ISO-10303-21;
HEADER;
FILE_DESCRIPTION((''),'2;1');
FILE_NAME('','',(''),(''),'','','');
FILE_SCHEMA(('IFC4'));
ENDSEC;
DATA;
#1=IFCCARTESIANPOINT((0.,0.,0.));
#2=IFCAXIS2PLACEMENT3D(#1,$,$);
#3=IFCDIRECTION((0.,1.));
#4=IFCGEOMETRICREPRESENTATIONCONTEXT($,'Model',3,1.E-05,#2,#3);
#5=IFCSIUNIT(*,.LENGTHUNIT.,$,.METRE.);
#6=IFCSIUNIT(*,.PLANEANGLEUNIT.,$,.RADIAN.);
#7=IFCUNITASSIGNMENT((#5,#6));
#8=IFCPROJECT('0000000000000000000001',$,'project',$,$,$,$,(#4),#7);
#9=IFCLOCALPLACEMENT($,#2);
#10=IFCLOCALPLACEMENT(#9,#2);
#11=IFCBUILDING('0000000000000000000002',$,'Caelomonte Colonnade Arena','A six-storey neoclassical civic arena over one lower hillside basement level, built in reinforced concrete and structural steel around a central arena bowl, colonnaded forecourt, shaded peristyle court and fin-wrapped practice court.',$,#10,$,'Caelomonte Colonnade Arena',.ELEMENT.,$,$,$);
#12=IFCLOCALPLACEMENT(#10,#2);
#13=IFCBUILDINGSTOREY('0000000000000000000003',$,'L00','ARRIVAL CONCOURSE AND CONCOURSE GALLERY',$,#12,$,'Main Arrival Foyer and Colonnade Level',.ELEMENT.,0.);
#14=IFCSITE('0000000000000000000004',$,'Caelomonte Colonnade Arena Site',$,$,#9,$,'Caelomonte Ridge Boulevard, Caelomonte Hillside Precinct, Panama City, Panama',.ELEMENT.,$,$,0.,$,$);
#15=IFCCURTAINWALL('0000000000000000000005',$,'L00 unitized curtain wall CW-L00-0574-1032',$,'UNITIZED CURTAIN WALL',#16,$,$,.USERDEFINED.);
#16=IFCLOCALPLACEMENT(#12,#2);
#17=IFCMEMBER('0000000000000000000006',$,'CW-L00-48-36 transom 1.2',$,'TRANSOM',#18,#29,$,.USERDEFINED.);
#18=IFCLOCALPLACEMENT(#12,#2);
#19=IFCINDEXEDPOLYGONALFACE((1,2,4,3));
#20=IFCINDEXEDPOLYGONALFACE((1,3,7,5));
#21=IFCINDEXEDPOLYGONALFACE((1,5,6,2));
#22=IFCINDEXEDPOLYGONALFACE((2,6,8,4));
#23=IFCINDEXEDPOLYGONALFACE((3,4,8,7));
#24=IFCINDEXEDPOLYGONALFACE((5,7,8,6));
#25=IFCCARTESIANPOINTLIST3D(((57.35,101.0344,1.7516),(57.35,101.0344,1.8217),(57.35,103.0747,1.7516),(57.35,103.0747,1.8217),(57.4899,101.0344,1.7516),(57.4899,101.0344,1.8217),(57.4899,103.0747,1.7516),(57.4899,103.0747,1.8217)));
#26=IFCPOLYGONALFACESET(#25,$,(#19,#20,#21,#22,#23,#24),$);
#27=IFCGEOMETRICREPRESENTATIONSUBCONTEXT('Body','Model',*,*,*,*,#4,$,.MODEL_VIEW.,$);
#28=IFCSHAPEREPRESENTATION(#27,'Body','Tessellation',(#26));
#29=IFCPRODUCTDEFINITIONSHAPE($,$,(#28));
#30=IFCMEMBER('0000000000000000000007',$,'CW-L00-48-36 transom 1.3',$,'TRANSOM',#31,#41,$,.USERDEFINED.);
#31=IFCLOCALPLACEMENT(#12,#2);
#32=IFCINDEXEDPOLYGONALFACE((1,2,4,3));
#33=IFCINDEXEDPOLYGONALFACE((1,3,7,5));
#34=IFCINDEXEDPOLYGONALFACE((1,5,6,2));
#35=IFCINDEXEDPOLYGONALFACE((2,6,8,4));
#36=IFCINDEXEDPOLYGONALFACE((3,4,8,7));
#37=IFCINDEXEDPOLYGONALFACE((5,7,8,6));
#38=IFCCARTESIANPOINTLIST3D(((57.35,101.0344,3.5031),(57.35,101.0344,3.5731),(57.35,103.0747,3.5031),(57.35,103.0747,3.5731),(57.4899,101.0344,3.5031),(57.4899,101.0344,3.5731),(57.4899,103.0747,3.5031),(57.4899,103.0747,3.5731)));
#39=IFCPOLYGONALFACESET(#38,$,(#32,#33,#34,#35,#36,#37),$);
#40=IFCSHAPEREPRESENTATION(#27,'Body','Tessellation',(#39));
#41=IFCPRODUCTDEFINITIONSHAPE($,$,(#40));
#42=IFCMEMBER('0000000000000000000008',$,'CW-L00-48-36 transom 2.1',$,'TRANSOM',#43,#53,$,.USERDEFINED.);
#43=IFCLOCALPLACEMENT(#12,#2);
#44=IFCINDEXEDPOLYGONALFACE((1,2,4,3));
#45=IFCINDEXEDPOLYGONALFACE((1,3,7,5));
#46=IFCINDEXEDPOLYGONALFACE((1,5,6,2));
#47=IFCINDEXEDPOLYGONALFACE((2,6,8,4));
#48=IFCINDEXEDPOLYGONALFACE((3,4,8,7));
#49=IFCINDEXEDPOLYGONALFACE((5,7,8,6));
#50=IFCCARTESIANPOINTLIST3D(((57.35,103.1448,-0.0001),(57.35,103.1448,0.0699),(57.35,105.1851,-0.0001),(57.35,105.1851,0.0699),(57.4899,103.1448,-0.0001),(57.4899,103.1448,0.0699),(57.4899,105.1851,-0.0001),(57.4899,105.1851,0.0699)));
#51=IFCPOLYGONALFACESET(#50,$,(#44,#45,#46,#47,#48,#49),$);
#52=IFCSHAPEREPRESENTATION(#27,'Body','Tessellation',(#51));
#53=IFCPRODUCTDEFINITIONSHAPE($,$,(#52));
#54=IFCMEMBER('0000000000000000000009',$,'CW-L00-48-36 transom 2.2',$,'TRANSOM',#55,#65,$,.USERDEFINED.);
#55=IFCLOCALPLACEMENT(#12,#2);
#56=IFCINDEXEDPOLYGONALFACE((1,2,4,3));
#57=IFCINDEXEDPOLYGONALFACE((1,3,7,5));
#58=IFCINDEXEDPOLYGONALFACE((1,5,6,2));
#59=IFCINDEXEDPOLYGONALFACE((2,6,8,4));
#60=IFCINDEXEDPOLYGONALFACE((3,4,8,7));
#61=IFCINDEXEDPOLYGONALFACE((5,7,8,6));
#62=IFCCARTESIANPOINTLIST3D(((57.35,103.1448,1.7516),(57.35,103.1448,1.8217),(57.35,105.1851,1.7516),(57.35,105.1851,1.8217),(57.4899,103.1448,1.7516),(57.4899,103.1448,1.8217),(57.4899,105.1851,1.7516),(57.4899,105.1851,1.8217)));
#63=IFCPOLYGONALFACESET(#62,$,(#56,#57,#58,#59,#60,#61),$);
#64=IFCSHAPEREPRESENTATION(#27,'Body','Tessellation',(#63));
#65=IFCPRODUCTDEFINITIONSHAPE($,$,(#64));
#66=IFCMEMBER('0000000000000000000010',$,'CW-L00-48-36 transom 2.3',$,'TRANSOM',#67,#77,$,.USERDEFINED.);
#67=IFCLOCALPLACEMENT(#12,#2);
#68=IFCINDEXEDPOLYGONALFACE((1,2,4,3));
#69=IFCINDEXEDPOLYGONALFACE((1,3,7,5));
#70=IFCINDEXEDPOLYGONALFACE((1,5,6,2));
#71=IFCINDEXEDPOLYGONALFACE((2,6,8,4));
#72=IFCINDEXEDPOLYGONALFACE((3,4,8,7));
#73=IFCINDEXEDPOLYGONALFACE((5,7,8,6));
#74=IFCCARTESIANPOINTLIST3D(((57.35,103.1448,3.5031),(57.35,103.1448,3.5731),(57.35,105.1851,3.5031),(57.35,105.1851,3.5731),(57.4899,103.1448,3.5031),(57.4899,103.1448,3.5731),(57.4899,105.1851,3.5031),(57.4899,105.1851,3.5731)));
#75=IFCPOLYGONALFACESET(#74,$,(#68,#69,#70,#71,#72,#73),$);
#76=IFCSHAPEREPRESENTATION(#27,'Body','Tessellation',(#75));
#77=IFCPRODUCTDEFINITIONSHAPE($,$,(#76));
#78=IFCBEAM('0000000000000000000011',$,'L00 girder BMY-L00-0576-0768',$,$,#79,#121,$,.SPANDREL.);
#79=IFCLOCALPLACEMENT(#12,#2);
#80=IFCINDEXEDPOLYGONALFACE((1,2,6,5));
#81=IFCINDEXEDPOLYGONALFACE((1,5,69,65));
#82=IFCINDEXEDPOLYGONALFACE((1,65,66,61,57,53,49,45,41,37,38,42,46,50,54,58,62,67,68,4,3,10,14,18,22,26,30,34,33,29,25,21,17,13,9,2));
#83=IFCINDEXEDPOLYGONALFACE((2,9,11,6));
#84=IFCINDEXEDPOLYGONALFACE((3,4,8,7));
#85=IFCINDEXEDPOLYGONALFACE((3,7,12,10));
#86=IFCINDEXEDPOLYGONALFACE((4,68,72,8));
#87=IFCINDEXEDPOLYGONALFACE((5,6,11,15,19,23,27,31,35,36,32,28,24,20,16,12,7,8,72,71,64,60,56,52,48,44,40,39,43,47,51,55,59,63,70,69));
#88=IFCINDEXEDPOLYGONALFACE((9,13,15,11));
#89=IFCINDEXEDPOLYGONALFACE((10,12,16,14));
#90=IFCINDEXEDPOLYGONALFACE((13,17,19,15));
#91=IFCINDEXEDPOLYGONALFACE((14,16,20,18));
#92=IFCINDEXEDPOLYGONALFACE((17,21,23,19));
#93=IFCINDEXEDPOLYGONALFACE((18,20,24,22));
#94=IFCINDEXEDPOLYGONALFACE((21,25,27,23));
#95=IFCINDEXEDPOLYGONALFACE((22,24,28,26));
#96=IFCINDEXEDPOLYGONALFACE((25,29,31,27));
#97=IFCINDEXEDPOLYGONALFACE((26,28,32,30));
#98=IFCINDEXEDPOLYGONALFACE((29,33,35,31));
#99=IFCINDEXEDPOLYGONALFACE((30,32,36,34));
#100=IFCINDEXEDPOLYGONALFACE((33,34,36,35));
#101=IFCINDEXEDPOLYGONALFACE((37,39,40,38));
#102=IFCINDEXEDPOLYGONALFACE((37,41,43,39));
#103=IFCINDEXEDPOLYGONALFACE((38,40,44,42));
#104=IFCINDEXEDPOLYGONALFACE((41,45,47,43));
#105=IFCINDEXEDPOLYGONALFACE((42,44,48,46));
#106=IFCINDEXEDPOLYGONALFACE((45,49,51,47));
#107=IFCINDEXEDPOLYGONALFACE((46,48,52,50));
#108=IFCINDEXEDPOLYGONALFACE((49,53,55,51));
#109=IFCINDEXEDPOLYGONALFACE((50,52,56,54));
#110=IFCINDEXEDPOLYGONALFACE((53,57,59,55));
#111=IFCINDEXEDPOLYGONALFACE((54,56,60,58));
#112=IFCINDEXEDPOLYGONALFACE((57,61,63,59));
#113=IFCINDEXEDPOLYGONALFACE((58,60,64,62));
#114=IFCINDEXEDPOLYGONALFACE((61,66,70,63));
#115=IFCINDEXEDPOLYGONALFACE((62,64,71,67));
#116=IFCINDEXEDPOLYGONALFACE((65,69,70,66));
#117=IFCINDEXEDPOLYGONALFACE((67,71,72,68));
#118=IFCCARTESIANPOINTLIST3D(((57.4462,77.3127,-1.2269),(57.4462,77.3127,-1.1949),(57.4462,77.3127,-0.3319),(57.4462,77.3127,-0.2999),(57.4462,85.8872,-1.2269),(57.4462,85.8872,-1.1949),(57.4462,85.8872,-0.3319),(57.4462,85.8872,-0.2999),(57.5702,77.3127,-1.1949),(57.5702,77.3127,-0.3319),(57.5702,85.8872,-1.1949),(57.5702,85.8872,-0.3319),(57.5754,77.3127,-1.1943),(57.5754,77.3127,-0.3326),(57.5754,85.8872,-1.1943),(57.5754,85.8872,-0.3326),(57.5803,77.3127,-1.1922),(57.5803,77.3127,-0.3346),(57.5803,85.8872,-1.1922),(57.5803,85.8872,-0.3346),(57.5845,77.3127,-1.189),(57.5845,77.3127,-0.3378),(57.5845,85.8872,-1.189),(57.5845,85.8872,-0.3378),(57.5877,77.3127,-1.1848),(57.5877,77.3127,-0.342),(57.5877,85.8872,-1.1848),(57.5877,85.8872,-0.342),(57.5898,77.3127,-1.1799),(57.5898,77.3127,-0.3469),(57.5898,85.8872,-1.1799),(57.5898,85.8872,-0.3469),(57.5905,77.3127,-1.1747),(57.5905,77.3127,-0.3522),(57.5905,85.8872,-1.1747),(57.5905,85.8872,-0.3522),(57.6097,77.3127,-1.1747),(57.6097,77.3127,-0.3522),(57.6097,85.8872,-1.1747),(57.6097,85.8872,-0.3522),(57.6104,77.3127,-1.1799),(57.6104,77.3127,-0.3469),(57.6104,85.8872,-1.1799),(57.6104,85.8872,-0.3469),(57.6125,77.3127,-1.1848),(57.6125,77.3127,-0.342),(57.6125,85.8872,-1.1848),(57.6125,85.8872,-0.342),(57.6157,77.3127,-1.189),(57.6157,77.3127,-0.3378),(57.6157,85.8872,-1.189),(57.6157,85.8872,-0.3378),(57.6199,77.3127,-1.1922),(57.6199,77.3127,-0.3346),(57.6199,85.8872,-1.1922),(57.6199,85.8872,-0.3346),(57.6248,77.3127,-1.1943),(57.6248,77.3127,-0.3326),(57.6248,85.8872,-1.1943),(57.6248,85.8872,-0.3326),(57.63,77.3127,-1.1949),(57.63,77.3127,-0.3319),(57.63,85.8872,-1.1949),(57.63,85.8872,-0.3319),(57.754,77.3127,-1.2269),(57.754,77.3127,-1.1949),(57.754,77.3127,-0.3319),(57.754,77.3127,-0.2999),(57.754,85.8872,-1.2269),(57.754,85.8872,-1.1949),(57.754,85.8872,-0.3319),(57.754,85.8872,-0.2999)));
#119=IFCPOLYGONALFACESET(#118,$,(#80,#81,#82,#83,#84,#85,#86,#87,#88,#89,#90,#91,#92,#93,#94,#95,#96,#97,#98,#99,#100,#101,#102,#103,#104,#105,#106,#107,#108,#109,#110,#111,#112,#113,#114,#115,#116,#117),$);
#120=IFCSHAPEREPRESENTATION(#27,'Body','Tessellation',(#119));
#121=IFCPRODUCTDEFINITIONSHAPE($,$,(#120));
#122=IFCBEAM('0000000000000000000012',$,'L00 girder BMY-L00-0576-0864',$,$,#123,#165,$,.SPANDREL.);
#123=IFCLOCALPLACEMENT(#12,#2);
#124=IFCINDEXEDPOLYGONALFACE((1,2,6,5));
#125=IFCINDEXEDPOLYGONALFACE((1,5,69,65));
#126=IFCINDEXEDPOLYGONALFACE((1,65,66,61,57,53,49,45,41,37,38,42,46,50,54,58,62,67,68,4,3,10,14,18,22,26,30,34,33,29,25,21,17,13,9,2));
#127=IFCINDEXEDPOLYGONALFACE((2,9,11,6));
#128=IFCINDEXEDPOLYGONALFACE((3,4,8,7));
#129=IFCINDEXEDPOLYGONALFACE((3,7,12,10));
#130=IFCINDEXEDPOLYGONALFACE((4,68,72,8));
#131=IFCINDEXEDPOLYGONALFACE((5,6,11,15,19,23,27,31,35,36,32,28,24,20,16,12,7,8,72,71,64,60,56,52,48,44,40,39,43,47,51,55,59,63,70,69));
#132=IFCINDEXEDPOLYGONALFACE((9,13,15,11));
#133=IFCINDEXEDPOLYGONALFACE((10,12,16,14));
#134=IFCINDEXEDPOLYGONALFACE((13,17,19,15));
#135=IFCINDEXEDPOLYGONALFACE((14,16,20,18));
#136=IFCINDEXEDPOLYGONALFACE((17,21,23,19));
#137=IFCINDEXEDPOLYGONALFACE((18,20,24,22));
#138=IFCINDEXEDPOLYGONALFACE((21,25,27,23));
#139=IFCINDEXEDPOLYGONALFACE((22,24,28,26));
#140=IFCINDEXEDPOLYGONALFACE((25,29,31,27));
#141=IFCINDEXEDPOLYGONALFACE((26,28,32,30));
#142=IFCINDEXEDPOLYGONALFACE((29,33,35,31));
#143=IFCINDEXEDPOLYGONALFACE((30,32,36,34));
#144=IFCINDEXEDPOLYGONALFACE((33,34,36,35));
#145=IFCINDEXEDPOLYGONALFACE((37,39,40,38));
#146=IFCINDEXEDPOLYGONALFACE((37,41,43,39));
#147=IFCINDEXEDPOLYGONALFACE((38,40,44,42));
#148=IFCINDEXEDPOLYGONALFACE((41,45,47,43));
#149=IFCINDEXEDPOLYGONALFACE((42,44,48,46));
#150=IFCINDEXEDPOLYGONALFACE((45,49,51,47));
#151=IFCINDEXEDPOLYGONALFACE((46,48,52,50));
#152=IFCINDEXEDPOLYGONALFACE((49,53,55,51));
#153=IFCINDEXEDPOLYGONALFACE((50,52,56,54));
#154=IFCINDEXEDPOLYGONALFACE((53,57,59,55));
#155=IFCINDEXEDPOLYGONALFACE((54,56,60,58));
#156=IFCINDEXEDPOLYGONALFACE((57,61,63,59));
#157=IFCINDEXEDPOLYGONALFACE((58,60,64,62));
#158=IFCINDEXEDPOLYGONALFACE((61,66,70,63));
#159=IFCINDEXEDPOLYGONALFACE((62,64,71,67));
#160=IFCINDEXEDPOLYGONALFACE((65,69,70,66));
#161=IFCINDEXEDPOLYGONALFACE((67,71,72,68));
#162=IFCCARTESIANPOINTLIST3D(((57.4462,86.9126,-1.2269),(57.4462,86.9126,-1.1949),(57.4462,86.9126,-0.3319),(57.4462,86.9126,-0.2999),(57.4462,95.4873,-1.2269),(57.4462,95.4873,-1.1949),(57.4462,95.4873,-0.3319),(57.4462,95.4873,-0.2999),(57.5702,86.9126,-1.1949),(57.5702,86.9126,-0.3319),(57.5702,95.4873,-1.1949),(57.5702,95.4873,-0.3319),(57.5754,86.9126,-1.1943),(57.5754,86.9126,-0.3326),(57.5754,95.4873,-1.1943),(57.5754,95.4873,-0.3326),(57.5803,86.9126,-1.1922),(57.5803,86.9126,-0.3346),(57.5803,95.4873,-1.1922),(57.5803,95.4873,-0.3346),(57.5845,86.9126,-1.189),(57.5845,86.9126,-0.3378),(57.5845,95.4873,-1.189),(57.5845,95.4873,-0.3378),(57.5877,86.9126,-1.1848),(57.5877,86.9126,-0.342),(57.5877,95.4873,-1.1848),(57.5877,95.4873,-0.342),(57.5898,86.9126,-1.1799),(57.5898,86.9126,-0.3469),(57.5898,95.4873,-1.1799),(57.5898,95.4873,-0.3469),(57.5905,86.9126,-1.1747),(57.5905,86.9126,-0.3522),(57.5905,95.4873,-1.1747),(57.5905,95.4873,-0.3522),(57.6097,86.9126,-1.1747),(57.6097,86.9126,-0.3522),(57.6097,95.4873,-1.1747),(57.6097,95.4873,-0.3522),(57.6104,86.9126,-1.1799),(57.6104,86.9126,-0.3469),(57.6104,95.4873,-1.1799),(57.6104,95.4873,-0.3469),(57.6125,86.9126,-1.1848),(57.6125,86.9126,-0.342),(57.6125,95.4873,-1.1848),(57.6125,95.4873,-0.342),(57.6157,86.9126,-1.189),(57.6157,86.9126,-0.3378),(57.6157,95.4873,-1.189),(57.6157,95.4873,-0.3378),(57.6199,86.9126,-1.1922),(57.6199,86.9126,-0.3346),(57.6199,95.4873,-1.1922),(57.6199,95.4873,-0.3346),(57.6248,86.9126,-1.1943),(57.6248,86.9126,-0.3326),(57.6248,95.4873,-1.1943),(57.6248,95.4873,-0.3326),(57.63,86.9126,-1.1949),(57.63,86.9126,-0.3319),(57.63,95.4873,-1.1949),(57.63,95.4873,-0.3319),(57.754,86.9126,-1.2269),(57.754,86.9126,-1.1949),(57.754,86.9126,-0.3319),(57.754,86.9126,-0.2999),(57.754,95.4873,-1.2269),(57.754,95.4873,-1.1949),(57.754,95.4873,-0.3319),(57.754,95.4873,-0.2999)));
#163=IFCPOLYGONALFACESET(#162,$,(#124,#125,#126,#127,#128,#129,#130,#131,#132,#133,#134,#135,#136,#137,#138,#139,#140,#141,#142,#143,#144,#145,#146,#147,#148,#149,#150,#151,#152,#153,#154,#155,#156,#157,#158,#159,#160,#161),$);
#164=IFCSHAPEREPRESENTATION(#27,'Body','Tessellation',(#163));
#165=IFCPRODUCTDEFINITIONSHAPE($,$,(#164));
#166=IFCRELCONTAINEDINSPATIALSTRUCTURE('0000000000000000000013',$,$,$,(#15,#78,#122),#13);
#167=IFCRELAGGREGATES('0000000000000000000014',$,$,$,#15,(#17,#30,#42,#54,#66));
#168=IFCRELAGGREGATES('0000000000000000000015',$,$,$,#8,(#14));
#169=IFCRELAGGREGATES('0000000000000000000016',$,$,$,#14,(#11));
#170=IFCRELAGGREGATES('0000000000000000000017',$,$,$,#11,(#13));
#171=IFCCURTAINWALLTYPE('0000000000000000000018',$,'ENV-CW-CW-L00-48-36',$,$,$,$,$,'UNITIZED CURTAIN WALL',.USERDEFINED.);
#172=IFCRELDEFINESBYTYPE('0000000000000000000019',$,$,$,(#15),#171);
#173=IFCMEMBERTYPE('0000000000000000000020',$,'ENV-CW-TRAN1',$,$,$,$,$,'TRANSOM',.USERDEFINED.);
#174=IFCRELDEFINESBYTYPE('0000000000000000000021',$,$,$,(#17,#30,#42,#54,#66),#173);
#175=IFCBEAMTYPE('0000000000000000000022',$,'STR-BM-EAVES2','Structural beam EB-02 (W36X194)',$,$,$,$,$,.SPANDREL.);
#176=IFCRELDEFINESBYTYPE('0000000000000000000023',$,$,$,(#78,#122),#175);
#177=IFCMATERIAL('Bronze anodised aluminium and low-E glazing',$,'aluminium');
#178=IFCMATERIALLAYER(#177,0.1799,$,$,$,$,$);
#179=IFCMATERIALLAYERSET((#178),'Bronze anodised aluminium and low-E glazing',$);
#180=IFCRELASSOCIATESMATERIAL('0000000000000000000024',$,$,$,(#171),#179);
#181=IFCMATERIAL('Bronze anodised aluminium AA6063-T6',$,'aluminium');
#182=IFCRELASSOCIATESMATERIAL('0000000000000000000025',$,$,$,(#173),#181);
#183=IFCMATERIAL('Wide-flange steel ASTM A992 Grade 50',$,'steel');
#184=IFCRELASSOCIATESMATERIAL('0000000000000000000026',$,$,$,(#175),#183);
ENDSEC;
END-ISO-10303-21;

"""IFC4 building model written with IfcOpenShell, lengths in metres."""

from ifc_helpers import new_model, si_unit, direction, frame, origin, origin_2d, place, context, subcontext, project, spatial, rectangle, i_section, extrude, material, layer, layer_set, material_profile, profile_set, type_object, element, aggregate, save


model = new_model("IFC4")

# Units and contexts
model_context = context("Model", 3, precision=1e-05, world=origin(), true_north=direction((0.0, 1.0)))
body_context = subcontext(model_context, "Body", "Model", "MODEL_VIEW")
ifc_project = project(units=[si_unit("LENGTHUNIT", "METRE"), si_unit("PLANEANGLEUNIT", "RADIAN")], contexts=[model_context])

# Site, building, storey
site_placement = place(None, origin())
site = spatial("IfcSite", under=ifc_project, at=site_placement, Name="Caelomonte Colonnade Arena Site", LongName="Caelomonte Ridge Boulevard, Caelomonte Hillside Precinct, Panama City, Panama", CompositionType="ELEMENT", RefElevation=0.0)
building_placement = place(site_placement, origin())
building = spatial("IfcBuilding", under=site, at=building_placement, Name="Caelomonte Colonnade Arena", Description="A six-storey neoclassical civic arena over one lower hillside basement level, built in reinforced concrete and structural steel around a central arena bowl, colonnaded forecourt, shaded peristyle court and fin-wrapped practice court.", LongName="Caelomonte Colonnade Arena", CompositionType="ELEMENT")
storey_placement = place(building_placement, origin())
storey = spatial("IfcBuildingStorey", under=building, at=storey_placement, Name="L00", Description="ARRIVAL CONCOURSE AND CONCOURSE GALLERY", LongName="Main Arrival Foyer and Colonnade Level", CompositionType="ELEMENT", Elevation=0.0)

# Shared definitions
ifc_material_1 = material(Name="Wide-flange steel ASTM A992 Grade 50", Category="steel")

# Shared definitions
ifc_material_2 = material(Name="Bronze anodised aluminium and low-E glazing", Category="aluminium")
ifc_material_3 = material(Name="Bronze anodised aluminium AA6063-T6", Category="aluminium")

# Curtain wall, members
ifc_layer_1 = layer(ifc_material_2, 0.1799)
ifc_layer_set_1 = layer_set([ifc_layer_1], Name="Bronze anodised aluminium and low-E glazing")
curtain_wall_type_1 = type_object("IfcCurtainWallType", Name="ENV-CW-CW-L00-48-36", ElementType="UNITIZED CURTAIN WALL", PredefinedType="USERDEFINED", material=ifc_layer_set_1)
curtain_wall_1_placement = place(storey_placement, origin())
curtain_wall_1 = element("IfcCurtainWall", 1, at=curtain_wall_1_placement, inside=storey, type_object=curtain_wall_type_1, Name="L00 unitized curtain wall CW-L00-0574-1032", ObjectType="UNITIZED CURTAIN WALL", PredefinedType="USERDEFINED")
ifc_material_profile_1 = material_profile(ifc_material_3, rectangle(XDim=0.0701, YDim=0.1399, at=origin_2d()), Name="CWT-70X140")
ifc_profile_set_1 = profile_set([ifc_material_profile_1], Name="Bronze anodised aluminium AA6063-T6")
member_type_1 = type_object("IfcMemberType", Name="ENV-CW-TRAN1", ElementType="TRANSOM", PredefinedType="USERDEFINED", material=ifc_profile_set_1)
member_1_placement = place(storey_placement, frame((57.4199, 101.0344, 1.7866), z_axis=(0.0, 1.0, 0.0), x_axis=(0.0, 0.0, 1.0)))
member_1 = element("IfcMember", 2, at=member_1_placement, type_object=member_type_1, Name="CW-L00-48-36 transom 1.2", ObjectType="TRANSOM", PredefinedType="USERDEFINED", context=body_context, shape_type="SweptSolid", body=[
    extrude(rectangle(XDim=0.0701, YDim=0.1399, at=origin_2d()), origin(), (0.0, 0.0, 1.0), 2.0403),
])
member_2_placement = place(storey_placement, frame((57.4199, 101.0344, 3.5381), z_axis=(0.0, 1.0, 0.0), x_axis=(0.0, 0.0, 1.0)))
member_2 = element("IfcMember", 3, at=member_2_placement, type_object=member_type_1, Name="CW-L00-48-36 transom 1.3", ObjectType="TRANSOM", PredefinedType="USERDEFINED", context=body_context, shape_type="SweptSolid", body=[
    extrude(rectangle(XDim=0.0701, YDim=0.1399, at=origin_2d()), origin(), (0.0, 0.0, 1.0), 2.0403),
])
member_3_placement = place(storey_placement, frame((57.4199, 103.1448, 0.0349), z_axis=(0.0, 1.0, 0.0), x_axis=(0.0, 0.0, 1.0)))
member_3 = element("IfcMember", 4, at=member_3_placement, type_object=member_type_1, Name="CW-L00-48-36 transom 2.1", ObjectType="TRANSOM", PredefinedType="USERDEFINED", context=body_context, shape_type="SweptSolid", body=[
    extrude(rectangle(XDim=0.0701, YDim=0.1399, at=origin_2d()), origin(), (0.0, 0.0, 1.0), 2.0403),
])
member_4_placement = place(storey_placement, frame((57.4199, 103.1448, 1.7866), z_axis=(0.0, 1.0, 0.0), x_axis=(0.0, 0.0, 1.0)))
member_4 = element("IfcMember", 5, at=member_4_placement, type_object=member_type_1, Name="CW-L00-48-36 transom 2.2", ObjectType="TRANSOM", PredefinedType="USERDEFINED", context=body_context, shape_type="SweptSolid", body=[
    extrude(rectangle(XDim=0.0701, YDim=0.1399, at=origin_2d()), origin(), (0.0, 0.0, 1.0), 2.0403),
])
member_5_placement = place(storey_placement, frame((57.4199, 103.1448, 3.5381), z_axis=(0.0, 1.0, 0.0), x_axis=(0.0, 0.0, 1.0)))
member_5 = element("IfcMember", 6, at=member_5_placement, type_object=member_type_1, Name="CW-L00-48-36 transom 2.3", ObjectType="TRANSOM", PredefinedType="USERDEFINED", context=body_context, shape_type="SweptSolid", body=[
    extrude(rectangle(XDim=0.0701, YDim=0.1399, at=origin_2d()), origin(), (0.0, 0.0, 1.0), 2.0403),
])

# Beams
ifc_material_profile_2 = material_profile(ifc_material_1, i_section(OverallWidth=0.3079, OverallDepth=0.927, WebThickness=0.0193, FlangeThickness=0.032, FilletRadius=0.0203, at=origin_2d()), Name="W36X194")
ifc_profile_set_2 = profile_set([ifc_material_profile_2], Name="Wide-flange steel ASTM A992 Grade 50")
beam_type_1 = type_object("IfcBeamType", Name="STR-BM-EAVES2", Description="Structural beam EB-02 (W36X194)", PredefinedType="SPANDREL", material=ifc_profile_set_2)
beam_1_placement = place(storey_placement, frame((57.6001, 77.3127, -0.7634), z_axis=(0.0, 1.0, 0.0), x_axis=(-1.0, 0.0, 0.0)))
element("IfcBeam", 7, at=beam_1_placement, inside=storey, type_object=beam_type_1, Name="L00 girder BMY-L00-0576-0768", PredefinedType="SPANDREL", context=body_context, shape_type="SweptSolid", body=[
    extrude(i_section(OverallWidth=0.3079, OverallDepth=0.927, WebThickness=0.0193, FlangeThickness=0.032, FilletRadius=0.0203, at=origin_2d()), origin(), (0.0, 0.0, 1.0), 8.5745),
])
beam_2_placement = place(storey_placement, frame((57.6001, 86.9126, -0.7634), z_axis=(0.0, 1.0, 0.0), x_axis=(-1.0, 0.0, 0.0)))
element("IfcBeam", 8, at=beam_2_placement, inside=storey, type_object=beam_type_1, Name="L00 girder BMY-L00-0576-0864", PredefinedType="SPANDREL", context=body_context, shape_type="SweptSolid", body=[
    extrude(i_section(OverallWidth=0.3079, OverallDepth=0.927, WebThickness=0.0193, FlangeThickness=0.032, FilletRadius=0.0203, at=origin_2d()), origin(), (0.0, 0.0, 1.0), 8.5747),
])

aggregate(curtain_wall_1, [member_1, member_2, member_3, member_4, member_5])

save(model, "model.ifc")
